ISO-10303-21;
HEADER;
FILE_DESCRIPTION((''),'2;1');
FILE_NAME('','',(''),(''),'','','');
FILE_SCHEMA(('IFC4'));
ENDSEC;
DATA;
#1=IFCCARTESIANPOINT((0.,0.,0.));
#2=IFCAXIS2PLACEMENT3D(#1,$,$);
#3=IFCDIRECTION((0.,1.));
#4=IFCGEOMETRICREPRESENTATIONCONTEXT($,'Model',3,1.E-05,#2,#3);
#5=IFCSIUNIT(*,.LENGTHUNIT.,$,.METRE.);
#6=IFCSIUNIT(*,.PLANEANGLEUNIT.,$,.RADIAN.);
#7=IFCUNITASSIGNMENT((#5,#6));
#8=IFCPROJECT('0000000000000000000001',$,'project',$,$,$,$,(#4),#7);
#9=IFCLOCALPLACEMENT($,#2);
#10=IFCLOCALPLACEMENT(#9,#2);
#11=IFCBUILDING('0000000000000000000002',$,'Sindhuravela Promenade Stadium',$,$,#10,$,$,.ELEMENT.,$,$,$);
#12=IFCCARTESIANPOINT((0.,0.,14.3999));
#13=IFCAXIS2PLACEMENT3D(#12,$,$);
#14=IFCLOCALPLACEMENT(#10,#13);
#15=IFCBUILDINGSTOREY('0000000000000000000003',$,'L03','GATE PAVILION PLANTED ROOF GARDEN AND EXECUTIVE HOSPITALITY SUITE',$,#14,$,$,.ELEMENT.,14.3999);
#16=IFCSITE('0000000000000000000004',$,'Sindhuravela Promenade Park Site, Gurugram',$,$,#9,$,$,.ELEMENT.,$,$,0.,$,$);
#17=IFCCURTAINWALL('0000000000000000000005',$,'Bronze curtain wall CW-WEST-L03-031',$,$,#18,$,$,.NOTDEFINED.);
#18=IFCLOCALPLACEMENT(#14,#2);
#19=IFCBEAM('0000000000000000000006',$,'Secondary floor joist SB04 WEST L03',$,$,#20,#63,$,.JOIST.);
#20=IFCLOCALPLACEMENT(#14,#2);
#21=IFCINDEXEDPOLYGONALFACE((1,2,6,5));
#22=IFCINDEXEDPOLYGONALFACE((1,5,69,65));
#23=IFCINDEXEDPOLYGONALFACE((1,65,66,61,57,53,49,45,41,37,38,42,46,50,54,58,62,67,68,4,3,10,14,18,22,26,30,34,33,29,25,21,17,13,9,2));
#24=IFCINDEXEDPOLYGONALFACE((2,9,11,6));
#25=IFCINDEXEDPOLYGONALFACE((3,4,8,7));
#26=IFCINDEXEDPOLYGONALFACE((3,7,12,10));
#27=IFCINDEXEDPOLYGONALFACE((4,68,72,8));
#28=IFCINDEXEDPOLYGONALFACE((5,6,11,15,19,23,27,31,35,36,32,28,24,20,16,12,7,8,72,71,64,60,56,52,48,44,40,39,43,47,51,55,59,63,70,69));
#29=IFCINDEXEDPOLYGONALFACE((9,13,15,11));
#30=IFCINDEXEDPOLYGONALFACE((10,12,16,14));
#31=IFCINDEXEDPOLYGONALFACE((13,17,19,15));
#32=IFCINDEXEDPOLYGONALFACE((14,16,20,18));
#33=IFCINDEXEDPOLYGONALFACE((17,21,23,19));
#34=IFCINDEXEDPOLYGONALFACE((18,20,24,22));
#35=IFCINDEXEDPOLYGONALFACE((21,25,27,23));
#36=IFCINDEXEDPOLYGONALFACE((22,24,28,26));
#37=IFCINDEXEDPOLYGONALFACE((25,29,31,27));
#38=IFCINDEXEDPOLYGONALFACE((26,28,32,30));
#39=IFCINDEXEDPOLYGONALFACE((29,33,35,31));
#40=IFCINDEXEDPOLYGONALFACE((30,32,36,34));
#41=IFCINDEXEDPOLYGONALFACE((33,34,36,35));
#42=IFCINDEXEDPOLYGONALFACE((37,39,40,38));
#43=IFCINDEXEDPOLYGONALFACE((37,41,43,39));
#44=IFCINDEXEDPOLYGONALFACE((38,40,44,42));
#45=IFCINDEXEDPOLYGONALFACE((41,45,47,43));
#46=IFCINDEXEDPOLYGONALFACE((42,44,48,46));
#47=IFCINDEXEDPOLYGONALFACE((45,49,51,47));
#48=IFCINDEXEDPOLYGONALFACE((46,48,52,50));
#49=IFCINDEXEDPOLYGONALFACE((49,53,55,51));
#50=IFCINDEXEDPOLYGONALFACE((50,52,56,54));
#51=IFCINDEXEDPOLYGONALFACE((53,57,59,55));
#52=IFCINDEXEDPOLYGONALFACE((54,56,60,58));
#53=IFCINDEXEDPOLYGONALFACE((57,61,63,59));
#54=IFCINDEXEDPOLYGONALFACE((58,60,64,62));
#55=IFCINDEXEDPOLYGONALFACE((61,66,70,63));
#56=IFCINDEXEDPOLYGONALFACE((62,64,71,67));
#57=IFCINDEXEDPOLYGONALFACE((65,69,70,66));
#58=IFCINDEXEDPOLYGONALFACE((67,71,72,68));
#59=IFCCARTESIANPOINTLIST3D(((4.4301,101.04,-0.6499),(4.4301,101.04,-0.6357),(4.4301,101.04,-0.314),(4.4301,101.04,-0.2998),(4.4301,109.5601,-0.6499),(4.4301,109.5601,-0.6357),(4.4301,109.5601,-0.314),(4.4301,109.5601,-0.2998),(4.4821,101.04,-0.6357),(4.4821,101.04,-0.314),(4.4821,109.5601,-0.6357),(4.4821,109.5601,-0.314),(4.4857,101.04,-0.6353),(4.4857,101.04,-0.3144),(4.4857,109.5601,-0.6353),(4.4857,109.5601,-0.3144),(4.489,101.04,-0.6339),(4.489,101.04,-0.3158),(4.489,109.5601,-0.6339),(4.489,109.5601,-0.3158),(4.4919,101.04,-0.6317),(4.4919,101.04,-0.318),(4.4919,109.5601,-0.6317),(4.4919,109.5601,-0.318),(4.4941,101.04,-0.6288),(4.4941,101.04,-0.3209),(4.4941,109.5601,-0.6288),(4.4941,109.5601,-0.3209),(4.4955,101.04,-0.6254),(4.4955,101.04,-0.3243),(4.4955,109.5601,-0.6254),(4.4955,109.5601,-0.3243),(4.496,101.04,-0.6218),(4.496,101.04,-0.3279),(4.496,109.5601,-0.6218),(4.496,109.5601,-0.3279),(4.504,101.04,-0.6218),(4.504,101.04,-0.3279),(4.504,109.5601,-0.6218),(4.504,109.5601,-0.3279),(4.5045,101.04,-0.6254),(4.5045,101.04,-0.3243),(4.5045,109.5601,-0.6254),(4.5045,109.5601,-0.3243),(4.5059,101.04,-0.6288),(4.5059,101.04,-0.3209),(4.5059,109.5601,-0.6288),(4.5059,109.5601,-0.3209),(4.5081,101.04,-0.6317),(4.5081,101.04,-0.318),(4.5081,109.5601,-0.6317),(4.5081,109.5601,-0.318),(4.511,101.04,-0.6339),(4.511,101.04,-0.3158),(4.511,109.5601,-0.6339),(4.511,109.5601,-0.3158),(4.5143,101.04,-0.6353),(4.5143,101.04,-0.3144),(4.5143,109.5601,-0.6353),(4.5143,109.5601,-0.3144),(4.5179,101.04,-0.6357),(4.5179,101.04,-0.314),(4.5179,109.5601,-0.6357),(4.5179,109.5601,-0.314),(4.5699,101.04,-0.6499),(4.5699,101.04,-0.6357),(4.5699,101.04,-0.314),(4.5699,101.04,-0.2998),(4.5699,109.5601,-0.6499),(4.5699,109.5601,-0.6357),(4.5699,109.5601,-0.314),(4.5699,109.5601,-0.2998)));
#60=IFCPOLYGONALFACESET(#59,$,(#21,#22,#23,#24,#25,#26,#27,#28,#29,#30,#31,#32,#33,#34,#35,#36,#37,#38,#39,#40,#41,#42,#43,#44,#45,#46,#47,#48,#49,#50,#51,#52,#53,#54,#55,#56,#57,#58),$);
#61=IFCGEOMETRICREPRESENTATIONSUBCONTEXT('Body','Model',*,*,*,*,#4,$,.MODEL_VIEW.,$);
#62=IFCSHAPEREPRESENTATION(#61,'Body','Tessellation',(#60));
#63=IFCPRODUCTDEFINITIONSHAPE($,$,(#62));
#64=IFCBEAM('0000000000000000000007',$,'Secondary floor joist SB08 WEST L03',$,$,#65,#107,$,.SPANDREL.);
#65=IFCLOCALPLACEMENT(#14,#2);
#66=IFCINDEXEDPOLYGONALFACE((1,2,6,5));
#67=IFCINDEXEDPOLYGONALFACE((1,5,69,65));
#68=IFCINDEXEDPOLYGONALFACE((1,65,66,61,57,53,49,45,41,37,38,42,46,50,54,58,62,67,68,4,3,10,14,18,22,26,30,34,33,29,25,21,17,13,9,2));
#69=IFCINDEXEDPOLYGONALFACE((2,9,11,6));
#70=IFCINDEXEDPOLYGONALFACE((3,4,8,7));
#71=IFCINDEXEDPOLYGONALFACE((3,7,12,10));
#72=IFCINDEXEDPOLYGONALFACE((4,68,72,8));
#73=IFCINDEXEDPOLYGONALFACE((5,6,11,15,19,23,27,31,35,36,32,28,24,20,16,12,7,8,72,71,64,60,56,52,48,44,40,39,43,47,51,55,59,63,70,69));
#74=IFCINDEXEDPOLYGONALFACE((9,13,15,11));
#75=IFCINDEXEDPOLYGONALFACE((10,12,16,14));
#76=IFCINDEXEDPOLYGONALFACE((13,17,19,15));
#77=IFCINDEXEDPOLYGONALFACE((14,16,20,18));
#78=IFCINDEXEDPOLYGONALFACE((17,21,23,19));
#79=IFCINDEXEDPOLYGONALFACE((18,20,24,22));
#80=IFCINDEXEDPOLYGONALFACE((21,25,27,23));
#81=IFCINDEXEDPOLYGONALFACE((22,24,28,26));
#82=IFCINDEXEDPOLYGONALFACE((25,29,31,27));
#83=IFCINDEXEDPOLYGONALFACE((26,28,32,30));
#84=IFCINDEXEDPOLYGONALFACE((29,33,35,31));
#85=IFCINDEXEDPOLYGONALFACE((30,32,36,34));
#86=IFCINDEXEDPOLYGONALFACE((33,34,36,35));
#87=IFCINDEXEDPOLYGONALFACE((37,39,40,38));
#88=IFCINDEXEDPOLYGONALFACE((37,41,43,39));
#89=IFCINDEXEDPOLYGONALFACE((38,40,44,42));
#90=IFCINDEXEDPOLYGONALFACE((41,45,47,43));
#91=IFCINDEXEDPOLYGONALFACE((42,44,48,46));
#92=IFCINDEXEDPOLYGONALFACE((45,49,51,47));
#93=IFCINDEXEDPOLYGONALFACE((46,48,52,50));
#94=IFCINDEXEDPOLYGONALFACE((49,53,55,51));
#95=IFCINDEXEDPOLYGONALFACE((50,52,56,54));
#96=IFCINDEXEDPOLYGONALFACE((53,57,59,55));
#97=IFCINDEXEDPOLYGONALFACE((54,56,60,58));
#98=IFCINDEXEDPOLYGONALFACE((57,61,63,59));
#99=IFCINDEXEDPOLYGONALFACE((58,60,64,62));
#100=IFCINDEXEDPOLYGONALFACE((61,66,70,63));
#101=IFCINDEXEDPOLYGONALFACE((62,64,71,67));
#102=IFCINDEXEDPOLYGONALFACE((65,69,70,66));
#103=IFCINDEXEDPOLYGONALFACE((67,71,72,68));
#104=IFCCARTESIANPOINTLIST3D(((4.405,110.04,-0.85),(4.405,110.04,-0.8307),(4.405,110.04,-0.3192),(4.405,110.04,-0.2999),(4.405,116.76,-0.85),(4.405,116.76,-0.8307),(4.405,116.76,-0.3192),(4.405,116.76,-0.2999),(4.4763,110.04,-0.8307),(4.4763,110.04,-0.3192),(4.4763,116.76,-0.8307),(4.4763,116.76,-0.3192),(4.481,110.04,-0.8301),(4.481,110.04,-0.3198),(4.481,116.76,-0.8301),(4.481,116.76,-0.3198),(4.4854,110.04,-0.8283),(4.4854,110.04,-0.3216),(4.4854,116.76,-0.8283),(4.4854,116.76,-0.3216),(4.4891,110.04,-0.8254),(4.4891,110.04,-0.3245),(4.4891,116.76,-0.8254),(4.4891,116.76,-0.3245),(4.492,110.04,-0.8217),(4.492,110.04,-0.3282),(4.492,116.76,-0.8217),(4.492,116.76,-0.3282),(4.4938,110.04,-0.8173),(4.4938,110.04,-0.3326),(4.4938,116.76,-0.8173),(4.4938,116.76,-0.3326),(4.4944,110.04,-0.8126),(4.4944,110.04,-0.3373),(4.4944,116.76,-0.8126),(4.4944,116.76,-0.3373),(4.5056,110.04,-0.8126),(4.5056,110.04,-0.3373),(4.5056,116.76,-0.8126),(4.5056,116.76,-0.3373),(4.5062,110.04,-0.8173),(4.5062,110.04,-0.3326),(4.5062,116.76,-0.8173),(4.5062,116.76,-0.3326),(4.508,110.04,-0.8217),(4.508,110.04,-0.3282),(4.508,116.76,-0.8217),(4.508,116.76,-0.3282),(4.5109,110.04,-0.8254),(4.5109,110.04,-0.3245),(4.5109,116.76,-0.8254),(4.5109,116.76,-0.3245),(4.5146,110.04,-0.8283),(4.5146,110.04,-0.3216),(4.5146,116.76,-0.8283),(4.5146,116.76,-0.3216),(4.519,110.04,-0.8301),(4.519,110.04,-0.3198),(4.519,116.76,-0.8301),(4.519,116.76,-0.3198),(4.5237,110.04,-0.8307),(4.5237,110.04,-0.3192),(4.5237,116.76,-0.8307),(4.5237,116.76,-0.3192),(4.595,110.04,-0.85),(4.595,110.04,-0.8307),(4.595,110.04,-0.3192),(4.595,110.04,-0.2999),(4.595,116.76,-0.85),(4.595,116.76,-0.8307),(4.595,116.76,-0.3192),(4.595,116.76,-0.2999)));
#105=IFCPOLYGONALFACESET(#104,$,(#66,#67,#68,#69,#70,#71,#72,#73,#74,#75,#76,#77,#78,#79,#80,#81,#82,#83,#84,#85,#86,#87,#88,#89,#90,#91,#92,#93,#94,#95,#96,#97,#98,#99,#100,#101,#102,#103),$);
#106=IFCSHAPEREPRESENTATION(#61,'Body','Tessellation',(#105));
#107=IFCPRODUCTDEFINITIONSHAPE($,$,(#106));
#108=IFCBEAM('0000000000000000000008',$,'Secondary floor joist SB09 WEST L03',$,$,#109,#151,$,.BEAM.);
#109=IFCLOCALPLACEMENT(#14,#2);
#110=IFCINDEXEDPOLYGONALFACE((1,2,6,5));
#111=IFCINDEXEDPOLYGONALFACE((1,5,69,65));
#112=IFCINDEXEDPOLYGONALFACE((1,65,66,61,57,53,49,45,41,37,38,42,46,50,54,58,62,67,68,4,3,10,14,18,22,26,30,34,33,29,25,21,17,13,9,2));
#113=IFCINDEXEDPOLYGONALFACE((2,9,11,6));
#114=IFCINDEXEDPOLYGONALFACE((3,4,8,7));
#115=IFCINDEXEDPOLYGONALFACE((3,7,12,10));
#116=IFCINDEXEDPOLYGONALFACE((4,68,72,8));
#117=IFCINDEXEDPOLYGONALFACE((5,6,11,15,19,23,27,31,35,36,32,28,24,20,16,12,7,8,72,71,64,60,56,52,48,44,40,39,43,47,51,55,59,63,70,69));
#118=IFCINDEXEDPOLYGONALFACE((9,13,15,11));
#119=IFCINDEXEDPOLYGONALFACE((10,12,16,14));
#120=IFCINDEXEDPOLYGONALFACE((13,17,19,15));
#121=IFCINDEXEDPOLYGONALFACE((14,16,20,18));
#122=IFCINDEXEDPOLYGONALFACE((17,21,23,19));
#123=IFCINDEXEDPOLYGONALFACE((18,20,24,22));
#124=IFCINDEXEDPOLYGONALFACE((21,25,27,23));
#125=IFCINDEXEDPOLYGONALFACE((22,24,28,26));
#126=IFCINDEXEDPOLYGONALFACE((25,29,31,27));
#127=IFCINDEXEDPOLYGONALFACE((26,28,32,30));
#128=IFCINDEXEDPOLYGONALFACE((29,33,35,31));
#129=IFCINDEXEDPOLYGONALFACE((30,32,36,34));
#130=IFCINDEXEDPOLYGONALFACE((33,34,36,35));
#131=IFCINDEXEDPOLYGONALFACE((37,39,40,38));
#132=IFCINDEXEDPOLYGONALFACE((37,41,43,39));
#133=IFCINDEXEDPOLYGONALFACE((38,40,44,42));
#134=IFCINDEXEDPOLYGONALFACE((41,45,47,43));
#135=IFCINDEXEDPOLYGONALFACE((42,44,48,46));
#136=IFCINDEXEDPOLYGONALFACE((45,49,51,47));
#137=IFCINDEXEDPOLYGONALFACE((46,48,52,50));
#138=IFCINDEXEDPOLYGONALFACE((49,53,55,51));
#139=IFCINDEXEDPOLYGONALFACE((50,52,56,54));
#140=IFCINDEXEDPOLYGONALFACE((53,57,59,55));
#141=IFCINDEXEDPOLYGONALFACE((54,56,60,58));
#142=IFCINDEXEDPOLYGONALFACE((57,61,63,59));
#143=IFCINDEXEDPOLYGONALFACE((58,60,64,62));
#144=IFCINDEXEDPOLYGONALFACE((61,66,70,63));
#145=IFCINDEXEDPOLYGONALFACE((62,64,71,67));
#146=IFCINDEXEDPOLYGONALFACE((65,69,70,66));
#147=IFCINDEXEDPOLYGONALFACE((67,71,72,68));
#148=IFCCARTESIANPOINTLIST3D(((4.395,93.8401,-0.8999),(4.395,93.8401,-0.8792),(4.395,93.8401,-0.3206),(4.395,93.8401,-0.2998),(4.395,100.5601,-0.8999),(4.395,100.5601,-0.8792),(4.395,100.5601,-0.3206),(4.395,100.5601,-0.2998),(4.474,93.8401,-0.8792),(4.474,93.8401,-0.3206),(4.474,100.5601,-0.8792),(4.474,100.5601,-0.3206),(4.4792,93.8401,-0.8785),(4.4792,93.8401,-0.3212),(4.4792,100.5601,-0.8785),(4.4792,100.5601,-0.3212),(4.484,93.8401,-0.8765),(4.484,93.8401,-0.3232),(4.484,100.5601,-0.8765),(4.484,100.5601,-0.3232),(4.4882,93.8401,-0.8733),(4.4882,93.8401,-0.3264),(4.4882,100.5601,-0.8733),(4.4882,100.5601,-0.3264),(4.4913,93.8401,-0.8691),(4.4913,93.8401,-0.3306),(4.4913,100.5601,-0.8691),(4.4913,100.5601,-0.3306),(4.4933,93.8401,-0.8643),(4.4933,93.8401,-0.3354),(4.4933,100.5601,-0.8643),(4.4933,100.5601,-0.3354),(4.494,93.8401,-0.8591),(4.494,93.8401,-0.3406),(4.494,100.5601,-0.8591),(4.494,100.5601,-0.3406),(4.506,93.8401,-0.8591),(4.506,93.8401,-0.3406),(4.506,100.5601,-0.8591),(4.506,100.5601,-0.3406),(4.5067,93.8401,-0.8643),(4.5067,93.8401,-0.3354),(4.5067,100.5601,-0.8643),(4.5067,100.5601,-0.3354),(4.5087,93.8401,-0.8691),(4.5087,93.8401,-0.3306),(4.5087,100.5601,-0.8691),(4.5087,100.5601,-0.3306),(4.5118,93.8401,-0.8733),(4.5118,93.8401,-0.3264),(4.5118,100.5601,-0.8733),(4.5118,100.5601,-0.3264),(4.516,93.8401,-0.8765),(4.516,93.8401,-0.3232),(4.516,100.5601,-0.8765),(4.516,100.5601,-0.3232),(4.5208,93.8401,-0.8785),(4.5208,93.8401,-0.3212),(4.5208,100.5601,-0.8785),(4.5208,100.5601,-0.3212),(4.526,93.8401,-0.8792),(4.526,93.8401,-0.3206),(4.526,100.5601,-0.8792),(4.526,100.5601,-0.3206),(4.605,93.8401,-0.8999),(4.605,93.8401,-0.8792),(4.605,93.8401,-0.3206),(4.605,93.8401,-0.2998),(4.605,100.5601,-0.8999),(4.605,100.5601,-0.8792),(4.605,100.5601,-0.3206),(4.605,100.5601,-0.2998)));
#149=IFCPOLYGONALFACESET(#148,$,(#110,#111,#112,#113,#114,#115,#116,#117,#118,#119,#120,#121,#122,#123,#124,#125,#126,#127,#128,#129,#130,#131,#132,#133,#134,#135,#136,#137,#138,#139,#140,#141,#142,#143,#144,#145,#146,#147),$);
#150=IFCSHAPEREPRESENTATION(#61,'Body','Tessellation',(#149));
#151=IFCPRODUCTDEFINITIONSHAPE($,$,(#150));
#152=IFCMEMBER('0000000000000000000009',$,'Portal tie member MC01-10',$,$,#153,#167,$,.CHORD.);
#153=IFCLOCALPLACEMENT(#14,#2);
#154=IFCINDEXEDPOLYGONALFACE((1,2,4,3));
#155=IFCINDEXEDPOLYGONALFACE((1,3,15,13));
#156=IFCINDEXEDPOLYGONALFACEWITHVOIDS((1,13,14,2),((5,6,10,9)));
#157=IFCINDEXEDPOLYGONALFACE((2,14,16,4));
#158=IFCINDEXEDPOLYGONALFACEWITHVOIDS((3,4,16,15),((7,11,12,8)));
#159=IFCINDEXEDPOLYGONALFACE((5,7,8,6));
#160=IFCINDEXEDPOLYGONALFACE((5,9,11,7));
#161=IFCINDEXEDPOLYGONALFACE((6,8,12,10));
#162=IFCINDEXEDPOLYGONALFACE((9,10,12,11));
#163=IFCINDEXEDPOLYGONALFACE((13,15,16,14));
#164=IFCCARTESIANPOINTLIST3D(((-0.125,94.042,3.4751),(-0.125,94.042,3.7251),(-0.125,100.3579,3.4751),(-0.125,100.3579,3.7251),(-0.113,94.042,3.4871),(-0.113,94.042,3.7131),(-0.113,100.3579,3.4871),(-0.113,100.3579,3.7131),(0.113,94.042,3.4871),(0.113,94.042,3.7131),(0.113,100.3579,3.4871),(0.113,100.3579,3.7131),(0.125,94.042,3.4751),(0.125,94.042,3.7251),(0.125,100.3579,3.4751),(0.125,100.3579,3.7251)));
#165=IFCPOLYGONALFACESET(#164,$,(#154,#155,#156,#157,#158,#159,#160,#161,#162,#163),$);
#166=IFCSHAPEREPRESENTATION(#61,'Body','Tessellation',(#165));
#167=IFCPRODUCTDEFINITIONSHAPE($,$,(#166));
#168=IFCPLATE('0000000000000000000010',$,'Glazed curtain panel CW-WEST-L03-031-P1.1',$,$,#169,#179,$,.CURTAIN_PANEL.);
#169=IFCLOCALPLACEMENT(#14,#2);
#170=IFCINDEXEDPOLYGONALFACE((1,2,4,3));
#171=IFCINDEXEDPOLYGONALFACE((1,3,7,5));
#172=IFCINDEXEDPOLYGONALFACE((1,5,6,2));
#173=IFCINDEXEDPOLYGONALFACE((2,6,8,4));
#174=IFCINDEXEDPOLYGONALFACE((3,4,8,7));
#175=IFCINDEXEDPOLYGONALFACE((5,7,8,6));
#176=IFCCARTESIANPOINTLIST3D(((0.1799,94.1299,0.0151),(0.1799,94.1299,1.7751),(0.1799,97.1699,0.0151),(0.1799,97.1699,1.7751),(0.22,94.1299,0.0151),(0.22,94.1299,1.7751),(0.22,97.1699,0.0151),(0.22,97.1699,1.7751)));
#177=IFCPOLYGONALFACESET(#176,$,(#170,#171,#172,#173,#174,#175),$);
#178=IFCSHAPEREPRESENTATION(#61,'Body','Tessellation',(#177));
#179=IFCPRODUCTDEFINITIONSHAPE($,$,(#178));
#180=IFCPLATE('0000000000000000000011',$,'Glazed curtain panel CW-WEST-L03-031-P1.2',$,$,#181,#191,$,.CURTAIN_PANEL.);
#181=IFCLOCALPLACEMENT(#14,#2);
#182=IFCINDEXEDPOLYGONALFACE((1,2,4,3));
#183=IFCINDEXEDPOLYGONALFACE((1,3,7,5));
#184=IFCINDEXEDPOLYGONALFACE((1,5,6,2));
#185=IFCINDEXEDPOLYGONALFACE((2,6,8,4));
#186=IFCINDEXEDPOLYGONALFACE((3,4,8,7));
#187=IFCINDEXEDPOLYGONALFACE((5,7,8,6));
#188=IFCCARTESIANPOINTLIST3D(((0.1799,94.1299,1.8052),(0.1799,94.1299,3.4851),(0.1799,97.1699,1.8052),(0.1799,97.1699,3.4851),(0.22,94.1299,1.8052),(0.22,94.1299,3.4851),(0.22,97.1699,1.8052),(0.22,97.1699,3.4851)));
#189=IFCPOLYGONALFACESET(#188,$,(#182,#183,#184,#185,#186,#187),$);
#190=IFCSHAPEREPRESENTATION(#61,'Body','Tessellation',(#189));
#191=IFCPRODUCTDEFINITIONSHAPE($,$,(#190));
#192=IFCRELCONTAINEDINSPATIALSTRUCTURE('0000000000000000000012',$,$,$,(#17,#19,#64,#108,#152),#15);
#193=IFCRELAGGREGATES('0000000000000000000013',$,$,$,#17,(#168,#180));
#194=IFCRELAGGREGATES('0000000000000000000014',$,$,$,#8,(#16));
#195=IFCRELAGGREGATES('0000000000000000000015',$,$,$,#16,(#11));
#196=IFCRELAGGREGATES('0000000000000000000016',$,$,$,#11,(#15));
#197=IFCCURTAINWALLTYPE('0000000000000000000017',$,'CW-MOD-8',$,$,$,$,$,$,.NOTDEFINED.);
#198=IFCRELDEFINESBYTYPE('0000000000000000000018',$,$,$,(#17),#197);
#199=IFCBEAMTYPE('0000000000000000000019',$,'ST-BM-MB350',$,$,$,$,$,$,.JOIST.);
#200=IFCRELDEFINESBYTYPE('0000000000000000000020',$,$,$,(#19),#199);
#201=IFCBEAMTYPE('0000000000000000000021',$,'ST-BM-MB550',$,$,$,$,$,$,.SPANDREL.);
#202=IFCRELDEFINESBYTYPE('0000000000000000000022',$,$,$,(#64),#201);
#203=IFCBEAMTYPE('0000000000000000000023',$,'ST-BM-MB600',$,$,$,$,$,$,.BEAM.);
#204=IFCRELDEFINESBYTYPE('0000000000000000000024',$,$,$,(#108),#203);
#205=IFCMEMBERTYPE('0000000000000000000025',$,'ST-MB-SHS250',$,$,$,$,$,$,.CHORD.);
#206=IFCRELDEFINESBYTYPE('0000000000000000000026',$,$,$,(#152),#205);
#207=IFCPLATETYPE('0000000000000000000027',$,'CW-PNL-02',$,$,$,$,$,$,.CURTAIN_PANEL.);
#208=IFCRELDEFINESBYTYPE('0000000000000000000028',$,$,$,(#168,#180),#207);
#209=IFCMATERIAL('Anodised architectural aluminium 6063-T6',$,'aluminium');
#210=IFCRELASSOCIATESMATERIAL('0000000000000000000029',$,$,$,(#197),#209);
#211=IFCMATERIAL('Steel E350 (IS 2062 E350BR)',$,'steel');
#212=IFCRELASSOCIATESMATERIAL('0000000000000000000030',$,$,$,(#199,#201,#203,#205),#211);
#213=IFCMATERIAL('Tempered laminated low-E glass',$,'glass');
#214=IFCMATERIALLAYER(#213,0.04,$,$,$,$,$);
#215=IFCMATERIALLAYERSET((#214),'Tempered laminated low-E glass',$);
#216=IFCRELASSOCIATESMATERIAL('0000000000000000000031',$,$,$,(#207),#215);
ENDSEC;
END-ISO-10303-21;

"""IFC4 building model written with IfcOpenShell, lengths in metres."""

from ifc_helpers import new_model, si_unit, direction, frame, origin, origin_2d, place, context, subcontext, project, spatial, rectangle, hollow_rectangle, i_section, extrude, material, layer, layer_set, material_profile, profile_set, type_object, element, aggregate, save


model = new_model("IFC4")

# Units and contexts
model_context = context("Model", 3, precision=1e-05, world=origin(), true_north=direction((0.0, 1.0)))
body_context = subcontext(model_context, "Body", "Model", "MODEL_VIEW")
ifc_project = project(units=[si_unit("LENGTHUNIT", "METRE"), si_unit("PLANEANGLEUNIT", "RADIAN")], contexts=[model_context])

# Site, building, storey
site_placement = place(None, origin())
site = spatial("IfcSite", under=ifc_project, at=site_placement, Name="Sindhuravela Promenade Park Site, Gurugram", CompositionType="ELEMENT", RefElevation=0.0)
building_placement = place(site_placement, origin())
building = spatial("IfcBuilding", under=site, at=building_placement, Name="Sindhuravela Promenade Stadium", CompositionType="ELEMENT")
storey_placement = place(building_placement, frame((0.0, 0.0, 14.3999)))
storey = spatial("IfcBuildingStorey", under=building, at=storey_placement, Name="L03", Description="GATE PAVILION PLANTED ROOF GARDEN AND EXECUTIVE HOSPITALITY SUITE", CompositionType="ELEMENT", Elevation=14.3999)

# Curtain wall
ifc_material_1 = material(Name="Anodised architectural aluminium 6063-T6", Category="aluminium")
curtain_wall_type = type_object("IfcCurtainWallType", Name="CW-MOD-8", PredefinedType="NOTDEFINED", material=ifc_material_1)
curtain_wall_placement = place(storey_placement, origin())
curtain_wall = element("IfcCurtainWall", 1, at=curtain_wall_placement, inside=storey, type_object=curtain_wall_type, Name="Bronze curtain wall CW-WEST-L03-031", PredefinedType="NOTDEFINED")

# Beams
ifc_material_2 = material(Name="Steel E350 (IS 2062 E350BR)", Category="steel")
ifc_material_profile_1 = material_profile(ifc_material_2, i_section(OverallWidth=0.1399, OverallDepth=0.3501, WebThickness=0.0081, FlangeThickness=0.0142, FilletRadius=0.0139, at=origin_2d()), Name="ISMB 350")
ifc_profile_set_1 = profile_set([ifc_material_profile_1], Name="Steel E350 (IS 2062 E350BR)")
beam_type_1 = type_object("IfcBeamType", Name="ST-BM-MB350", PredefinedType="JOIST", material=ifc_profile_set_1)
beam_1_placement = place(storey_placement, frame((4.5, 101.04, -0.4749), z_axis=(0.0, 1.0, 0.0), x_axis=(-1.0, 0.0, 0.0)))
element("IfcBeam", 2, at=beam_1_placement, inside=storey, type_object=beam_type_1, Name="Secondary floor joist SB04 WEST L03", PredefinedType="JOIST", context=body_context, shape_type="SweptSolid", body=[
    extrude(i_section(OverallWidth=0.1399, OverallDepth=0.3501, WebThickness=0.0081, FlangeThickness=0.0142, FilletRadius=0.0139, at=origin_2d()), origin(), (0.0, 0.0, 1.0), 8.52),
])
ifc_material_profile_2 = material_profile(ifc_material_2, i_section(OverallWidth=0.1899, OverallDepth=0.55, WebThickness=0.0112, FlangeThickness=0.0193, FilletRadius=0.0181, at=origin_2d()), Name="ISMB 550")
ifc_profile_set_2 = profile_set([ifc_material_profile_2], Name="Steel E350 (IS 2062 E350BR)")
beam_type_2 = type_object("IfcBeamType", Name="ST-BM-MB550", PredefinedType="SPANDREL", material=ifc_profile_set_2)
beam_2_placement = place(storey_placement, frame((4.5, 110.04, -0.575), z_axis=(0.0, 1.0, 0.0), x_axis=(-1.0, 0.0, 0.0)))
element("IfcBeam", 3, at=beam_2_placement, inside=storey, type_object=beam_type_2, Name="Secondary floor joist SB08 WEST L03", PredefinedType="SPANDREL", context=body_context, shape_type="SweptSolid", body=[
    extrude(i_section(OverallWidth=0.1899, OverallDepth=0.55, WebThickness=0.0112, FlangeThickness=0.0193, FilletRadius=0.0181, at=origin_2d()), origin(), (0.0, 0.0, 1.0), 6.72),
])
ifc_material_profile_3 = material_profile(ifc_material_2, i_section(OverallWidth=0.21, OverallDepth=0.6001, WebThickness=0.012, FlangeThickness=0.0208, FilletRadius=0.02, at=origin_2d()), Name="ISMB 600")
ifc_profile_set_3 = profile_set([ifc_material_profile_3], Name="Steel E350 (IS 2062 E350BR)")
beam_type_3 = type_object("IfcBeamType", Name="ST-BM-MB600", PredefinedType="BEAM", material=ifc_profile_set_3)
beam_3_placement = place(storey_placement, frame((4.5, 93.8401, -0.5999), z_axis=(0.0, 1.0, 0.0), x_axis=(-1.0, 0.0, 0.0)))
element("IfcBeam", 4, at=beam_3_placement, inside=storey, type_object=beam_type_3, Name="Secondary floor joist SB09 WEST L03", PredefinedType="BEAM", context=body_context, shape_type="SweptSolid", body=[
    extrude(i_section(OverallWidth=0.21, OverallDepth=0.6001, WebThickness=0.012, FlangeThickness=0.0208, FilletRadius=0.02, at=origin_2d()), origin(), (0.0, 0.0, 1.0), 6.72),
])

# Member
ifc_material_profile_4 = material_profile(ifc_material_2, hollow_rectangle(XDim=0.25, YDim=0.25, WallThickness=0.012, at=origin_2d()), Name="SHS 250x250x12")
ifc_profile_set_4 = profile_set([ifc_material_profile_4], Name="Steel E350 (IS 2062 E350BR)")
member_type_1 = type_object("IfcMemberType", Name="ST-MB-SHS250", PredefinedType="CHORD", material=ifc_profile_set_4)
member_1_placement = place(storey_placement, frame((0.0, 94.042, 3.6001), z_axis=(0.0, 1.0, 0.0), x_axis=(-1.0, 0.0, 0.0)))
element("IfcMember", 5, at=member_1_placement, inside=storey, type_object=member_type_1, Name="Portal tie member MC01-10", PredefinedType="CHORD", context=body_context, shape_type="SweptSolid", body=[
    extrude(hollow_rectangle(XDim=0.25, YDim=0.25, WallThickness=0.012, at=origin_2d()), origin(), (0.0, 0.0, 1.0), 6.3159),
])

# Plates
ifc_material_3 = material(Name="Tempered laminated low-E glass", Category="glass")
ifc_layer_1 = layer(ifc_material_3, 0.04)
ifc_layer_set_1 = layer_set([ifc_layer_1], Name="Tempered laminated low-E glass")
plate_type = type_object("IfcPlateType", Name="CW-PNL-02", PredefinedType="CURTAIN_PANEL", material=ifc_layer_set_1)
plate_1_placement = place(storey_placement, frame((0.2, 95.6499, 0.0151), z_axis=(0.0, 0.0, 1.0), x_axis=(0.0, 1.0, 0.0)))
plate_1 = element("IfcPlate", 6, at=plate_1_placement, type_object=plate_type, Name="Glazed curtain panel CW-WEST-L03-031-P1.1", PredefinedType="CURTAIN_PANEL", context=body_context, shape_type="SweptSolid", body=[
    extrude(rectangle(XDim=3.04, YDim=0.04, at=origin_2d()), origin(), (0.0, 0.0, 1.0), 1.76),
])
plate_2_placement = place(storey_placement, frame((0.2, 95.6499, 1.8052), z_axis=(0.0, 0.0, 1.0), x_axis=(0.0, 1.0, 0.0)))
plate_2 = element("IfcPlate", 7, at=plate_2_placement, type_object=plate_type, Name="Glazed curtain panel CW-WEST-L03-031-P1.2", PredefinedType="CURTAIN_PANEL", context=body_context, shape_type="SweptSolid", body=[
    extrude(rectangle(XDim=3.04, YDim=0.04, at=origin_2d()), origin(), (0.0, 0.0, 1.0), 1.6799),
])
aggregate(curtain_wall, [plate_1, plate_2])

save(model, "model.ifc")
